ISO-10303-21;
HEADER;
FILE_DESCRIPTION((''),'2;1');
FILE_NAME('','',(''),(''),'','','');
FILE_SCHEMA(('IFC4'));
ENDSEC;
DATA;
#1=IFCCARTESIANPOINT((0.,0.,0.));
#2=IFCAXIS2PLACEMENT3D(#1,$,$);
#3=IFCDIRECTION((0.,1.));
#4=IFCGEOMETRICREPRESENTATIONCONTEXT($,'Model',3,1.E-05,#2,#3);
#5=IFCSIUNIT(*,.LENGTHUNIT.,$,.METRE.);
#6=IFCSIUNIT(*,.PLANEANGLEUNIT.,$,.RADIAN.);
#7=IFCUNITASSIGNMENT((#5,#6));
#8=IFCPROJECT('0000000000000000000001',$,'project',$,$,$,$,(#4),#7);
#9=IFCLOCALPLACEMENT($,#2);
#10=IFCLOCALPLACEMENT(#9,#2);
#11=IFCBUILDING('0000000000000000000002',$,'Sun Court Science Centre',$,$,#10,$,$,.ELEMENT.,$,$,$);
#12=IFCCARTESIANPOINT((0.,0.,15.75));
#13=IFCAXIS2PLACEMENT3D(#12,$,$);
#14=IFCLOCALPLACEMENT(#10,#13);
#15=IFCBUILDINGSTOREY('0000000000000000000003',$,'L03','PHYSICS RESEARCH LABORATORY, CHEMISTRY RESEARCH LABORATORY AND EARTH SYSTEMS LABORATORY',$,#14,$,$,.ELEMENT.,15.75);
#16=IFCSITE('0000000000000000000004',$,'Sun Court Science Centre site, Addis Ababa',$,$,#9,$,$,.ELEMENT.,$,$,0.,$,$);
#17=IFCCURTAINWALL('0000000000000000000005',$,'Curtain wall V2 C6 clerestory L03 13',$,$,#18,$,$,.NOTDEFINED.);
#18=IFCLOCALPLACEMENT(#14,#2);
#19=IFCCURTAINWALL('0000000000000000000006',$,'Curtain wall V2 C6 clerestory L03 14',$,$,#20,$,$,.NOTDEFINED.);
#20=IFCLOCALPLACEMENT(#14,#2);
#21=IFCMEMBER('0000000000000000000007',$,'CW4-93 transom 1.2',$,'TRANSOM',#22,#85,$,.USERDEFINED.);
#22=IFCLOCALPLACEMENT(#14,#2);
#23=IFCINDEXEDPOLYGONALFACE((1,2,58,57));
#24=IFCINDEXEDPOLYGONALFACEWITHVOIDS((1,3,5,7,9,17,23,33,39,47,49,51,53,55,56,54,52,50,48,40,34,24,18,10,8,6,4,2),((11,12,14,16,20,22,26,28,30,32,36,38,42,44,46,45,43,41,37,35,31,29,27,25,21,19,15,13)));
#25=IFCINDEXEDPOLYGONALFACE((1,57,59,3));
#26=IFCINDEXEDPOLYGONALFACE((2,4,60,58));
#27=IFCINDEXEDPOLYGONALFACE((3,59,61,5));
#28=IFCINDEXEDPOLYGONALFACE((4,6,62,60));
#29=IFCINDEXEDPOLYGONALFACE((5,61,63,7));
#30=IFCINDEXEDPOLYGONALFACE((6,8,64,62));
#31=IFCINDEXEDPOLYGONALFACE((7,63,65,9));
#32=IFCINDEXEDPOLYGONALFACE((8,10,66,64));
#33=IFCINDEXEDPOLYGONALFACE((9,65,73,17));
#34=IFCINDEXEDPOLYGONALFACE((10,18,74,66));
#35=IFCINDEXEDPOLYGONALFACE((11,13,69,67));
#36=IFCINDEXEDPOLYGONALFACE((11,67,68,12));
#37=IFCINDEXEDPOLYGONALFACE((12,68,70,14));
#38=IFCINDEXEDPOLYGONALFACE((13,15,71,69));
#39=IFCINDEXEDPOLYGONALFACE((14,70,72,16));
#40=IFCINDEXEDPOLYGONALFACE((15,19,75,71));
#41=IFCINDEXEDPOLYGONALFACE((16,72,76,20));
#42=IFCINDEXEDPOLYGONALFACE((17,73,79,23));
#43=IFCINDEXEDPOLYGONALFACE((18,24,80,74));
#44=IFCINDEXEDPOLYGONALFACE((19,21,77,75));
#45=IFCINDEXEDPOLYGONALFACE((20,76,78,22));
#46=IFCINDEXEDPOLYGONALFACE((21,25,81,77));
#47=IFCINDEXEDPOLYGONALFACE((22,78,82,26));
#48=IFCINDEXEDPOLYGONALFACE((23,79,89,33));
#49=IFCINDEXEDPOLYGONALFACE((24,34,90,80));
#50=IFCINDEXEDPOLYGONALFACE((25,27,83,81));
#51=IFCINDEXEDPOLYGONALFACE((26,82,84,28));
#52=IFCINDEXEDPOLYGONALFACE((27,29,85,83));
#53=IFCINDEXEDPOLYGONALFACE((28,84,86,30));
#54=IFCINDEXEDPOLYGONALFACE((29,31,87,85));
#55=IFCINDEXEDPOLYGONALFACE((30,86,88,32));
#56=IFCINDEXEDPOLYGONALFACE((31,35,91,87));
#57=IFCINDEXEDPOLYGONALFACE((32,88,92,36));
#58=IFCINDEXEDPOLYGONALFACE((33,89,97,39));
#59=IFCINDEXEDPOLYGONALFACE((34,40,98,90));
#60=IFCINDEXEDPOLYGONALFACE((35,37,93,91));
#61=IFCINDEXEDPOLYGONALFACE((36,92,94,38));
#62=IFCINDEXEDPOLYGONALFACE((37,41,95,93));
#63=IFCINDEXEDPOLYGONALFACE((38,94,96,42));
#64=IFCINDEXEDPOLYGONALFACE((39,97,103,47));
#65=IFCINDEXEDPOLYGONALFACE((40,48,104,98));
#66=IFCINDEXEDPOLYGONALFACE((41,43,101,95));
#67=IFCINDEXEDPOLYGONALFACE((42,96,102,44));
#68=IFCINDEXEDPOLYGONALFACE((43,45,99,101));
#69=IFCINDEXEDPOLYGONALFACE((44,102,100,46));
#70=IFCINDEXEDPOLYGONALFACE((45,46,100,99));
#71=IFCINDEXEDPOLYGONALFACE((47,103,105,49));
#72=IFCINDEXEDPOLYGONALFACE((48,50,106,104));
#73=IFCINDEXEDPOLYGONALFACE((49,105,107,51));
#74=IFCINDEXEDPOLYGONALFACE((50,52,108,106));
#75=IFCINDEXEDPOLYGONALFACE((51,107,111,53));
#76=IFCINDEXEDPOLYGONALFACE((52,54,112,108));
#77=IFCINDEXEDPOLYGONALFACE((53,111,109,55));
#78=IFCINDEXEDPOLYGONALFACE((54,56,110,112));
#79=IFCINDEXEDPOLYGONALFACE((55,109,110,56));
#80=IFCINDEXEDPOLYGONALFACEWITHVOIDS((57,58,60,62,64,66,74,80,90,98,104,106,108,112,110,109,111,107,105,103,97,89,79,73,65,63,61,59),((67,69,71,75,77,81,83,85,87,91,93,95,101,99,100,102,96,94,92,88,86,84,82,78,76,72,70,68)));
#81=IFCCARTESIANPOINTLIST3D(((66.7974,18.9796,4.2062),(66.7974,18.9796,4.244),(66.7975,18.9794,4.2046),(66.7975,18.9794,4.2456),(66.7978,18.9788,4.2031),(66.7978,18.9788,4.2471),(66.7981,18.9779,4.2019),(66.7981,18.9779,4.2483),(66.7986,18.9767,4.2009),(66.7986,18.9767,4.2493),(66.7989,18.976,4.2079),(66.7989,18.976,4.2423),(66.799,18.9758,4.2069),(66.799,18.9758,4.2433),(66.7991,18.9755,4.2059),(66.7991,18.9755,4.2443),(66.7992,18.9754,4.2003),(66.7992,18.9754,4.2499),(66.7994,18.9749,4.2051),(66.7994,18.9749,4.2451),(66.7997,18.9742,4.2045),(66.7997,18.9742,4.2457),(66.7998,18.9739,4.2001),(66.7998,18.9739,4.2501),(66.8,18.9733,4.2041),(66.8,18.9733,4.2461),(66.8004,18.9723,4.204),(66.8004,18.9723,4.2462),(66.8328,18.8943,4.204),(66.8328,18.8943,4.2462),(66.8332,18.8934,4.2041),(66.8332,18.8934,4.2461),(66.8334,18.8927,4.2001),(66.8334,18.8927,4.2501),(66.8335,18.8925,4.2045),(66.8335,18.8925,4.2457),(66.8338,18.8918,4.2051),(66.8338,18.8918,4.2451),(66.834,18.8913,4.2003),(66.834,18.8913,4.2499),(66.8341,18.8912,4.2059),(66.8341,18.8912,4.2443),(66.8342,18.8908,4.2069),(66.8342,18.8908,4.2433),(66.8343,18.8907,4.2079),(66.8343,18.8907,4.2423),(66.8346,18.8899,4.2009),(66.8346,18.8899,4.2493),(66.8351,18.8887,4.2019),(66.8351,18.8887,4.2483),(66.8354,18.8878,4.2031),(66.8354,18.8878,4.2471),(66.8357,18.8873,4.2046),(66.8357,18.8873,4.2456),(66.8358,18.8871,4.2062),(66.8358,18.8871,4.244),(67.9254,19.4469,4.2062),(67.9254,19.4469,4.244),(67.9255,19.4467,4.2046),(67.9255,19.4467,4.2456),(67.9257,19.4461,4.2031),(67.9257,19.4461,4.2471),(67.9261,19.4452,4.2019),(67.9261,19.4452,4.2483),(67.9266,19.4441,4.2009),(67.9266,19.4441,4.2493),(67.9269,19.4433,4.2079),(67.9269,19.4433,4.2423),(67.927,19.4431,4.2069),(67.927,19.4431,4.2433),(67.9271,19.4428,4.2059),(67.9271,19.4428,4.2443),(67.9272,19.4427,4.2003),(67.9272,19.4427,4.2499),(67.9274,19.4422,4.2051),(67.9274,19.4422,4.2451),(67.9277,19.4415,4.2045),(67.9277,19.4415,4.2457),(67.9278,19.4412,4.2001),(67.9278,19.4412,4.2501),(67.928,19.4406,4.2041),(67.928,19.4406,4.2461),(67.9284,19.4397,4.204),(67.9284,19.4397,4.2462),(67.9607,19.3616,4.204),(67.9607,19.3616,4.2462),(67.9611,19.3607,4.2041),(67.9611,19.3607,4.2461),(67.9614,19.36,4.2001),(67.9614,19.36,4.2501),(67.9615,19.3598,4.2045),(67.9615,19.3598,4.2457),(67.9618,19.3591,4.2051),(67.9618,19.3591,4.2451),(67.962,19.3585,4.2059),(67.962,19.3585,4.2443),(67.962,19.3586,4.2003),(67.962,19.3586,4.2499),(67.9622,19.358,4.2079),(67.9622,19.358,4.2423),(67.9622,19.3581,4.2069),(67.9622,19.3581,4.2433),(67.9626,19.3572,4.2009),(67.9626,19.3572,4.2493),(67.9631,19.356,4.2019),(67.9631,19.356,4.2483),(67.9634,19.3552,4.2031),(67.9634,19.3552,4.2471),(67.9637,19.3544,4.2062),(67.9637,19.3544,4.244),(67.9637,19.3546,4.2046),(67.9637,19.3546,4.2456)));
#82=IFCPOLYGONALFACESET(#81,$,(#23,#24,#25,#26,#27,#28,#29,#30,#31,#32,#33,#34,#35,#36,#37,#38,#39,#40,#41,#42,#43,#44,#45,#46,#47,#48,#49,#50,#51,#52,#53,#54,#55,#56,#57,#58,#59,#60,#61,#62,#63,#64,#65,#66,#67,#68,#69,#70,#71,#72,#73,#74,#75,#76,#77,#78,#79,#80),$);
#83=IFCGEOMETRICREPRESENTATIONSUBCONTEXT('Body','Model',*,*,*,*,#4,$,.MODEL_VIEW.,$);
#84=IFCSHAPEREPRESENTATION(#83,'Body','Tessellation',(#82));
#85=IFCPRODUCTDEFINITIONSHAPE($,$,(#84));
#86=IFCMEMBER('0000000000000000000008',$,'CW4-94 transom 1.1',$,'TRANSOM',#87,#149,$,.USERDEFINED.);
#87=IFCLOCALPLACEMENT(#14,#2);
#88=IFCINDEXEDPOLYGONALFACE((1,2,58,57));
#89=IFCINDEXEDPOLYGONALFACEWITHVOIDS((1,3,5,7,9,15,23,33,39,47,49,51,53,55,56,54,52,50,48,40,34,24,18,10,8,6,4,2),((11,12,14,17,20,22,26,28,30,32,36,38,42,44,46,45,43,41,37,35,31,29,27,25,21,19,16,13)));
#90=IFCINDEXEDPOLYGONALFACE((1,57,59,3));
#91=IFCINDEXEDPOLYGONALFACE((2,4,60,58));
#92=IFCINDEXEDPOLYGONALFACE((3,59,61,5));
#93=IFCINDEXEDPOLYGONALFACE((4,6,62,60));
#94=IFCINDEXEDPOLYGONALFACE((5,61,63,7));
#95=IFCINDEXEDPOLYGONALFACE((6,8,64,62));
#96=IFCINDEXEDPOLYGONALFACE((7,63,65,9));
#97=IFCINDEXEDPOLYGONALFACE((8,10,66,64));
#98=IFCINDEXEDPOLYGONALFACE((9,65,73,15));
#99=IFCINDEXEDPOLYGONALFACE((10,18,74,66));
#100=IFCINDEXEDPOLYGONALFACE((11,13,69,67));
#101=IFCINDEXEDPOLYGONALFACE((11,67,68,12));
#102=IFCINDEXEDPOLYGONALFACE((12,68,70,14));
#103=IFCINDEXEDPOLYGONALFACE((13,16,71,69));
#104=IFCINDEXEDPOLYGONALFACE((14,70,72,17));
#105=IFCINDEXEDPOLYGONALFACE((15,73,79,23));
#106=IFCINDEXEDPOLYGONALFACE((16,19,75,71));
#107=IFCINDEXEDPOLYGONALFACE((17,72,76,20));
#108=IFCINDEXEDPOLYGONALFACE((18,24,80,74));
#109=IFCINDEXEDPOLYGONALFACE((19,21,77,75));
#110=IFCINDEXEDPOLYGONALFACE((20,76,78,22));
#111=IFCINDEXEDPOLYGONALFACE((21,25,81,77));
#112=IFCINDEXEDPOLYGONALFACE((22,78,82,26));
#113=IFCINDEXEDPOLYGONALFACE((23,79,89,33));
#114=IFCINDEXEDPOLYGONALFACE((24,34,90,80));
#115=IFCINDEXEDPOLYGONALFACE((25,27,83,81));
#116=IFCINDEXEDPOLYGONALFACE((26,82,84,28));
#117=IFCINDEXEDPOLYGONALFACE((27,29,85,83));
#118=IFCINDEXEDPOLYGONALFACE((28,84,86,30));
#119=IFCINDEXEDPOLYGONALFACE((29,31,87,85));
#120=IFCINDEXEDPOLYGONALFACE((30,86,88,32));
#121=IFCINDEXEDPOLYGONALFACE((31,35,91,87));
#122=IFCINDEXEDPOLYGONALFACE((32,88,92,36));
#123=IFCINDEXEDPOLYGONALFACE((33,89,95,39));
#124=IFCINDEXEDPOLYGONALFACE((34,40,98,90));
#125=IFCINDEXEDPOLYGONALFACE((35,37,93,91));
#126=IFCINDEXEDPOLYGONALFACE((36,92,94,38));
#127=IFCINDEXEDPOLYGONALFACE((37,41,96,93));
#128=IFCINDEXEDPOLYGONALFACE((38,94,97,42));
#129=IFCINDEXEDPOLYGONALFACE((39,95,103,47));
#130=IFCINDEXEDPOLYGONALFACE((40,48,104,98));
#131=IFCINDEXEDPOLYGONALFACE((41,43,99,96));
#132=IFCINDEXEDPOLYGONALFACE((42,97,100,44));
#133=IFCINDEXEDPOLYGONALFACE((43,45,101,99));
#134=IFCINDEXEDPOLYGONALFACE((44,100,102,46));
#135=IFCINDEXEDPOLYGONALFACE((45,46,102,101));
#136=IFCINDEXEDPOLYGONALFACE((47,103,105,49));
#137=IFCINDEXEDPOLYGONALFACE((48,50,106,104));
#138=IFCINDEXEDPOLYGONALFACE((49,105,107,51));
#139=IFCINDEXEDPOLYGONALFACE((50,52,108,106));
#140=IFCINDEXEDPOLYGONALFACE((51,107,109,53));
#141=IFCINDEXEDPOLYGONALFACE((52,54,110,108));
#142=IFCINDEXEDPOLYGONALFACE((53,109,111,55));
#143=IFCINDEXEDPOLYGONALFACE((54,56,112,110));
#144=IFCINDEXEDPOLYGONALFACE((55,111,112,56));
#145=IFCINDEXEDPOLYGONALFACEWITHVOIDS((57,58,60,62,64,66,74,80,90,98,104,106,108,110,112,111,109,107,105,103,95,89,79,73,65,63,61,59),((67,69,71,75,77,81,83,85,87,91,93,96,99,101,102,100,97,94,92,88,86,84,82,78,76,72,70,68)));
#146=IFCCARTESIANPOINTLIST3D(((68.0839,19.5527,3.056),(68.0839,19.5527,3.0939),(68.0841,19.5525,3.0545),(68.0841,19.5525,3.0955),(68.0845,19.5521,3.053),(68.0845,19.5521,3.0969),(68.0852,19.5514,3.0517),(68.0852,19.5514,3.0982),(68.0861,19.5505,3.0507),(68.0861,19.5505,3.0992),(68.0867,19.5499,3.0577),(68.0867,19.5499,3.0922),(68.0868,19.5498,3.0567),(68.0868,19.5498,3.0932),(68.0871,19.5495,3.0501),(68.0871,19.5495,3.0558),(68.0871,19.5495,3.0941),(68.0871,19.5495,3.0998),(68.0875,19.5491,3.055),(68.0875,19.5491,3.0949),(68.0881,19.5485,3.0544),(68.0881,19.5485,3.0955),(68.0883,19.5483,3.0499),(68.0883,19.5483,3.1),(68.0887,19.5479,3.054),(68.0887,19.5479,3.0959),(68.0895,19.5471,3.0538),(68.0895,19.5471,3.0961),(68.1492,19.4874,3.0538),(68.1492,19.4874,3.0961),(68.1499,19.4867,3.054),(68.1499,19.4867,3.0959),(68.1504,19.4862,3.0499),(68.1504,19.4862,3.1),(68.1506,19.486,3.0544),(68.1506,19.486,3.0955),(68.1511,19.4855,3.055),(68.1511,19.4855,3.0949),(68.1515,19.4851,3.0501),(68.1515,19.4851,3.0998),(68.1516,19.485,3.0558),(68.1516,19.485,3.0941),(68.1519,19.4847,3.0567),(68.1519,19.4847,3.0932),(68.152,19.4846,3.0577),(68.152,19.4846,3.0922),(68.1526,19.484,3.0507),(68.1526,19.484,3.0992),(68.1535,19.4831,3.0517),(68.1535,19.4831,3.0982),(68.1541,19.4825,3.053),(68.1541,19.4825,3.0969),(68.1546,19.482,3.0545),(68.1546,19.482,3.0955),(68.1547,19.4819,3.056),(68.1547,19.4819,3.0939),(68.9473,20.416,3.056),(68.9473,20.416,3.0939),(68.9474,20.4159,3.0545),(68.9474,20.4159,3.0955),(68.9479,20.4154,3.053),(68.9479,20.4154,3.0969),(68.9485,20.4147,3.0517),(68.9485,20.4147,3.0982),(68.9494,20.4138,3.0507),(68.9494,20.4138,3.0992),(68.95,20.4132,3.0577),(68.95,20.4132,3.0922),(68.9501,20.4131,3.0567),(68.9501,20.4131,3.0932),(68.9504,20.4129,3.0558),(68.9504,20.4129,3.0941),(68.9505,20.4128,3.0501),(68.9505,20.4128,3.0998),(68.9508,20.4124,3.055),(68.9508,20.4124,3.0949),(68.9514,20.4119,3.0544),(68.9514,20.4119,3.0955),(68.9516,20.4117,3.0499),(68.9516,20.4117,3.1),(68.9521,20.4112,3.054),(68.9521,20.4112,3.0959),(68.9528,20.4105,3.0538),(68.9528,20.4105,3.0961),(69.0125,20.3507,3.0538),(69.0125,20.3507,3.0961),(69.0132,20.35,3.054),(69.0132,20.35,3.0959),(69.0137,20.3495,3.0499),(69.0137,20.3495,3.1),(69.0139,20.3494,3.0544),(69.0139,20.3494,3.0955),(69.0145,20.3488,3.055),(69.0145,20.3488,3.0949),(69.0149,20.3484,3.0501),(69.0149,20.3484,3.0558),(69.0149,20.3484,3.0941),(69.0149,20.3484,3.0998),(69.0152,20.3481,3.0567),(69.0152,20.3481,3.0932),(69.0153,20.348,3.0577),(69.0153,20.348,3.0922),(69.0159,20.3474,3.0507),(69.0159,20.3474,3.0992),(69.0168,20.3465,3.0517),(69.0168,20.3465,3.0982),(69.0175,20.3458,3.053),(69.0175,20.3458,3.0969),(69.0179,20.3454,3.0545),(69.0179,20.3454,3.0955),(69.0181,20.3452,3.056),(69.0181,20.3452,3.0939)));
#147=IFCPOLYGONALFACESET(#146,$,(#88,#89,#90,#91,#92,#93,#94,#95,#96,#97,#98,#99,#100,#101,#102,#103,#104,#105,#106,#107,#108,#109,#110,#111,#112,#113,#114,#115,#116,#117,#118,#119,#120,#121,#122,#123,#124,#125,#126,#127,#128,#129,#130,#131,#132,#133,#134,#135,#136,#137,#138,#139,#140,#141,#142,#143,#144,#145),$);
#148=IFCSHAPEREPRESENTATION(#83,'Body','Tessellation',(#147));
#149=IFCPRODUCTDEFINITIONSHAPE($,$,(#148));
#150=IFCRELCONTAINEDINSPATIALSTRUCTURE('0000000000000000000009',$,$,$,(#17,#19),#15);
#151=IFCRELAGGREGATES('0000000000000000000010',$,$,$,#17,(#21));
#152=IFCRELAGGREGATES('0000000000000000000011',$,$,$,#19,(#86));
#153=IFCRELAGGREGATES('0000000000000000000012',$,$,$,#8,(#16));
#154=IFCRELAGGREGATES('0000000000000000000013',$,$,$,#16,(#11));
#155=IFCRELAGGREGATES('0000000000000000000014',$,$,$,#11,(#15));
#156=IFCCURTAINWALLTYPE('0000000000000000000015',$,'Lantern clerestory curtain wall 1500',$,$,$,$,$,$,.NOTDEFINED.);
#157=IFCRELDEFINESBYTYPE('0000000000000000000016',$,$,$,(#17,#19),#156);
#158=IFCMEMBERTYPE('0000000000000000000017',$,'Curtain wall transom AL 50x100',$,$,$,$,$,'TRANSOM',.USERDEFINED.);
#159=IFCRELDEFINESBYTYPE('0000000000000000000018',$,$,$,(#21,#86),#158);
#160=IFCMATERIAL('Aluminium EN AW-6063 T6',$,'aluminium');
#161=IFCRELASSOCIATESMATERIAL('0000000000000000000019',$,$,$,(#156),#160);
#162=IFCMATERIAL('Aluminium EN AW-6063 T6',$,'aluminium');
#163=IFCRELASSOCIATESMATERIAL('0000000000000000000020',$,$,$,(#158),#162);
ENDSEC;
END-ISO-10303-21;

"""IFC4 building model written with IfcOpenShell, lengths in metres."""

from ifc_helpers import new_model, si_unit, direction, frame, origin, origin_2d, place, context, subcontext, project, spatial, hollow_rectangle, extrude, material, material_profile, profile_set, type_object, element, aggregate, save


model = new_model("IFC4")

# Units and contexts
model_context = context("Model", 3, precision=1e-05, world=origin(), true_north=direction((0.0, 1.0)))
body_context = subcontext(model_context, "Body", "Model", "MODEL_VIEW")
ifc_project = project(units=[si_unit("LENGTHUNIT", "METRE"), si_unit("PLANEANGLEUNIT", "RADIAN")], contexts=[model_context])

# Site, building, storey
site_placement = place(None, origin())
site = spatial("IfcSite", under=ifc_project, at=site_placement, Name="Sun Court Science Centre site, Addis Ababa", CompositionType="ELEMENT", RefElevation=0.0)
building_placement = place(site_placement, origin())
building = spatial("IfcBuilding", under=site, at=building_placement, Name="Sun Court Science Centre", CompositionType="ELEMENT")
storey_placement = place(building_placement, frame((0.0, 0.0, 15.75)))
storey = spatial("IfcBuildingStorey", under=building, at=storey_placement, Name="L03", Description="PHYSICS RESEARCH LABORATORY, CHEMISTRY RESEARCH LABORATORY AND EARTH SYSTEMS LABORATORY", CompositionType="ELEMENT", Elevation=15.75)

# Curtain wall
ifc_material_1 = material(Name="Aluminium EN AW-6063 T6", Category="aluminium")
curtain_wall_type_1 = type_object("IfcCurtainWallType", Name="Lantern clerestory curtain wall 1500", PredefinedType="NOTDEFINED", material=ifc_material_1)
curtain_wall_1_placement = place(storey_placement, origin())
curtain_wall_1 = element("IfcCurtainWall", 1, at=curtain_wall_1_placement, inside=storey, type_object=curtain_wall_type_1, Name="Curtain wall V2 C6 clerestory L03 13", PredefinedType="NOTDEFINED")

# Curtain wall
curtain_wall_2_placement = place(storey_placement, origin())
curtain_wall_2 = element("IfcCurtainWall", 2, at=curtain_wall_2_placement, inside=storey, type_object=curtain_wall_type_1, Name="Curtain wall V2 C6 clerestory L03 14", PredefinedType="NOTDEFINED")

# Members
ifc_material_2 = material(Name="Aluminium EN AW-6063 T6", Category="aluminium")
ifc_material_profile_1 = material_profile(ifc_material_2, hollow_rectangle(XDim=0.05, YDim=0.1001, WallThickness=0.0039, InnerFilletRadius=0.0039, OuterFilletRadius=0.0061, at=origin_2d()), Name="AL 50x100x4")
ifc_profile_set_1 = profile_set([ifc_material_profile_1], Name="Aluminium EN AW-6063 T6")
member_type_1 = type_object("IfcMemberType", Name="Curtain wall transom AL 50x100", ElementType="TRANSOM", PredefinedType="USERDEFINED", material=ifc_profile_set_1)
member_1_placement = place(storey_placement, frame((67.9446, 19.4006, 4.2251), z_axis=(-0.923856, -0.38274, 0.0), x_axis=(0.0, 0.0, 1.0)))
member_1 = element("IfcMember", 3, at=member_1_placement, type_object=member_type_1, Name="CW4-93 transom 1.2", ObjectType="TRANSOM", PredefinedType="USERDEFINED", context=body_context, shape_type="SweptSolid", body=[
    extrude(hollow_rectangle(XDim=0.05, YDim=0.1001, WallThickness=0.0039, InnerFilletRadius=0.0039, OuterFilletRadius=0.0061, at=origin_2d()), origin(), (0.0, 0.0, 1.0), 1.2209),
])
aggregate(curtain_wall_1, [member_1])
member_2_placement = place(storey_placement, frame((68.9827, 20.3806, 3.075), z_axis=(-0.707107, -0.707107, 0.0), x_axis=(0.0, 0.0, 1.0)))
member_2 = element("IfcMember", 4, at=member_2_placement, type_object=member_type_1, Name="CW4-94 transom 1.1", ObjectType="TRANSOM", PredefinedType="USERDEFINED", context=body_context, shape_type="SweptSolid", body=[
    extrude(hollow_rectangle(XDim=0.05, YDim=0.1001, WallThickness=0.0039, InnerFilletRadius=0.0039, OuterFilletRadius=0.0061, at=origin_2d()), origin(), (0.0, 0.0, 1.0), 1.2209),
])

aggregate(curtain_wall_2, [member_2])

save(model, "model.ifc")
